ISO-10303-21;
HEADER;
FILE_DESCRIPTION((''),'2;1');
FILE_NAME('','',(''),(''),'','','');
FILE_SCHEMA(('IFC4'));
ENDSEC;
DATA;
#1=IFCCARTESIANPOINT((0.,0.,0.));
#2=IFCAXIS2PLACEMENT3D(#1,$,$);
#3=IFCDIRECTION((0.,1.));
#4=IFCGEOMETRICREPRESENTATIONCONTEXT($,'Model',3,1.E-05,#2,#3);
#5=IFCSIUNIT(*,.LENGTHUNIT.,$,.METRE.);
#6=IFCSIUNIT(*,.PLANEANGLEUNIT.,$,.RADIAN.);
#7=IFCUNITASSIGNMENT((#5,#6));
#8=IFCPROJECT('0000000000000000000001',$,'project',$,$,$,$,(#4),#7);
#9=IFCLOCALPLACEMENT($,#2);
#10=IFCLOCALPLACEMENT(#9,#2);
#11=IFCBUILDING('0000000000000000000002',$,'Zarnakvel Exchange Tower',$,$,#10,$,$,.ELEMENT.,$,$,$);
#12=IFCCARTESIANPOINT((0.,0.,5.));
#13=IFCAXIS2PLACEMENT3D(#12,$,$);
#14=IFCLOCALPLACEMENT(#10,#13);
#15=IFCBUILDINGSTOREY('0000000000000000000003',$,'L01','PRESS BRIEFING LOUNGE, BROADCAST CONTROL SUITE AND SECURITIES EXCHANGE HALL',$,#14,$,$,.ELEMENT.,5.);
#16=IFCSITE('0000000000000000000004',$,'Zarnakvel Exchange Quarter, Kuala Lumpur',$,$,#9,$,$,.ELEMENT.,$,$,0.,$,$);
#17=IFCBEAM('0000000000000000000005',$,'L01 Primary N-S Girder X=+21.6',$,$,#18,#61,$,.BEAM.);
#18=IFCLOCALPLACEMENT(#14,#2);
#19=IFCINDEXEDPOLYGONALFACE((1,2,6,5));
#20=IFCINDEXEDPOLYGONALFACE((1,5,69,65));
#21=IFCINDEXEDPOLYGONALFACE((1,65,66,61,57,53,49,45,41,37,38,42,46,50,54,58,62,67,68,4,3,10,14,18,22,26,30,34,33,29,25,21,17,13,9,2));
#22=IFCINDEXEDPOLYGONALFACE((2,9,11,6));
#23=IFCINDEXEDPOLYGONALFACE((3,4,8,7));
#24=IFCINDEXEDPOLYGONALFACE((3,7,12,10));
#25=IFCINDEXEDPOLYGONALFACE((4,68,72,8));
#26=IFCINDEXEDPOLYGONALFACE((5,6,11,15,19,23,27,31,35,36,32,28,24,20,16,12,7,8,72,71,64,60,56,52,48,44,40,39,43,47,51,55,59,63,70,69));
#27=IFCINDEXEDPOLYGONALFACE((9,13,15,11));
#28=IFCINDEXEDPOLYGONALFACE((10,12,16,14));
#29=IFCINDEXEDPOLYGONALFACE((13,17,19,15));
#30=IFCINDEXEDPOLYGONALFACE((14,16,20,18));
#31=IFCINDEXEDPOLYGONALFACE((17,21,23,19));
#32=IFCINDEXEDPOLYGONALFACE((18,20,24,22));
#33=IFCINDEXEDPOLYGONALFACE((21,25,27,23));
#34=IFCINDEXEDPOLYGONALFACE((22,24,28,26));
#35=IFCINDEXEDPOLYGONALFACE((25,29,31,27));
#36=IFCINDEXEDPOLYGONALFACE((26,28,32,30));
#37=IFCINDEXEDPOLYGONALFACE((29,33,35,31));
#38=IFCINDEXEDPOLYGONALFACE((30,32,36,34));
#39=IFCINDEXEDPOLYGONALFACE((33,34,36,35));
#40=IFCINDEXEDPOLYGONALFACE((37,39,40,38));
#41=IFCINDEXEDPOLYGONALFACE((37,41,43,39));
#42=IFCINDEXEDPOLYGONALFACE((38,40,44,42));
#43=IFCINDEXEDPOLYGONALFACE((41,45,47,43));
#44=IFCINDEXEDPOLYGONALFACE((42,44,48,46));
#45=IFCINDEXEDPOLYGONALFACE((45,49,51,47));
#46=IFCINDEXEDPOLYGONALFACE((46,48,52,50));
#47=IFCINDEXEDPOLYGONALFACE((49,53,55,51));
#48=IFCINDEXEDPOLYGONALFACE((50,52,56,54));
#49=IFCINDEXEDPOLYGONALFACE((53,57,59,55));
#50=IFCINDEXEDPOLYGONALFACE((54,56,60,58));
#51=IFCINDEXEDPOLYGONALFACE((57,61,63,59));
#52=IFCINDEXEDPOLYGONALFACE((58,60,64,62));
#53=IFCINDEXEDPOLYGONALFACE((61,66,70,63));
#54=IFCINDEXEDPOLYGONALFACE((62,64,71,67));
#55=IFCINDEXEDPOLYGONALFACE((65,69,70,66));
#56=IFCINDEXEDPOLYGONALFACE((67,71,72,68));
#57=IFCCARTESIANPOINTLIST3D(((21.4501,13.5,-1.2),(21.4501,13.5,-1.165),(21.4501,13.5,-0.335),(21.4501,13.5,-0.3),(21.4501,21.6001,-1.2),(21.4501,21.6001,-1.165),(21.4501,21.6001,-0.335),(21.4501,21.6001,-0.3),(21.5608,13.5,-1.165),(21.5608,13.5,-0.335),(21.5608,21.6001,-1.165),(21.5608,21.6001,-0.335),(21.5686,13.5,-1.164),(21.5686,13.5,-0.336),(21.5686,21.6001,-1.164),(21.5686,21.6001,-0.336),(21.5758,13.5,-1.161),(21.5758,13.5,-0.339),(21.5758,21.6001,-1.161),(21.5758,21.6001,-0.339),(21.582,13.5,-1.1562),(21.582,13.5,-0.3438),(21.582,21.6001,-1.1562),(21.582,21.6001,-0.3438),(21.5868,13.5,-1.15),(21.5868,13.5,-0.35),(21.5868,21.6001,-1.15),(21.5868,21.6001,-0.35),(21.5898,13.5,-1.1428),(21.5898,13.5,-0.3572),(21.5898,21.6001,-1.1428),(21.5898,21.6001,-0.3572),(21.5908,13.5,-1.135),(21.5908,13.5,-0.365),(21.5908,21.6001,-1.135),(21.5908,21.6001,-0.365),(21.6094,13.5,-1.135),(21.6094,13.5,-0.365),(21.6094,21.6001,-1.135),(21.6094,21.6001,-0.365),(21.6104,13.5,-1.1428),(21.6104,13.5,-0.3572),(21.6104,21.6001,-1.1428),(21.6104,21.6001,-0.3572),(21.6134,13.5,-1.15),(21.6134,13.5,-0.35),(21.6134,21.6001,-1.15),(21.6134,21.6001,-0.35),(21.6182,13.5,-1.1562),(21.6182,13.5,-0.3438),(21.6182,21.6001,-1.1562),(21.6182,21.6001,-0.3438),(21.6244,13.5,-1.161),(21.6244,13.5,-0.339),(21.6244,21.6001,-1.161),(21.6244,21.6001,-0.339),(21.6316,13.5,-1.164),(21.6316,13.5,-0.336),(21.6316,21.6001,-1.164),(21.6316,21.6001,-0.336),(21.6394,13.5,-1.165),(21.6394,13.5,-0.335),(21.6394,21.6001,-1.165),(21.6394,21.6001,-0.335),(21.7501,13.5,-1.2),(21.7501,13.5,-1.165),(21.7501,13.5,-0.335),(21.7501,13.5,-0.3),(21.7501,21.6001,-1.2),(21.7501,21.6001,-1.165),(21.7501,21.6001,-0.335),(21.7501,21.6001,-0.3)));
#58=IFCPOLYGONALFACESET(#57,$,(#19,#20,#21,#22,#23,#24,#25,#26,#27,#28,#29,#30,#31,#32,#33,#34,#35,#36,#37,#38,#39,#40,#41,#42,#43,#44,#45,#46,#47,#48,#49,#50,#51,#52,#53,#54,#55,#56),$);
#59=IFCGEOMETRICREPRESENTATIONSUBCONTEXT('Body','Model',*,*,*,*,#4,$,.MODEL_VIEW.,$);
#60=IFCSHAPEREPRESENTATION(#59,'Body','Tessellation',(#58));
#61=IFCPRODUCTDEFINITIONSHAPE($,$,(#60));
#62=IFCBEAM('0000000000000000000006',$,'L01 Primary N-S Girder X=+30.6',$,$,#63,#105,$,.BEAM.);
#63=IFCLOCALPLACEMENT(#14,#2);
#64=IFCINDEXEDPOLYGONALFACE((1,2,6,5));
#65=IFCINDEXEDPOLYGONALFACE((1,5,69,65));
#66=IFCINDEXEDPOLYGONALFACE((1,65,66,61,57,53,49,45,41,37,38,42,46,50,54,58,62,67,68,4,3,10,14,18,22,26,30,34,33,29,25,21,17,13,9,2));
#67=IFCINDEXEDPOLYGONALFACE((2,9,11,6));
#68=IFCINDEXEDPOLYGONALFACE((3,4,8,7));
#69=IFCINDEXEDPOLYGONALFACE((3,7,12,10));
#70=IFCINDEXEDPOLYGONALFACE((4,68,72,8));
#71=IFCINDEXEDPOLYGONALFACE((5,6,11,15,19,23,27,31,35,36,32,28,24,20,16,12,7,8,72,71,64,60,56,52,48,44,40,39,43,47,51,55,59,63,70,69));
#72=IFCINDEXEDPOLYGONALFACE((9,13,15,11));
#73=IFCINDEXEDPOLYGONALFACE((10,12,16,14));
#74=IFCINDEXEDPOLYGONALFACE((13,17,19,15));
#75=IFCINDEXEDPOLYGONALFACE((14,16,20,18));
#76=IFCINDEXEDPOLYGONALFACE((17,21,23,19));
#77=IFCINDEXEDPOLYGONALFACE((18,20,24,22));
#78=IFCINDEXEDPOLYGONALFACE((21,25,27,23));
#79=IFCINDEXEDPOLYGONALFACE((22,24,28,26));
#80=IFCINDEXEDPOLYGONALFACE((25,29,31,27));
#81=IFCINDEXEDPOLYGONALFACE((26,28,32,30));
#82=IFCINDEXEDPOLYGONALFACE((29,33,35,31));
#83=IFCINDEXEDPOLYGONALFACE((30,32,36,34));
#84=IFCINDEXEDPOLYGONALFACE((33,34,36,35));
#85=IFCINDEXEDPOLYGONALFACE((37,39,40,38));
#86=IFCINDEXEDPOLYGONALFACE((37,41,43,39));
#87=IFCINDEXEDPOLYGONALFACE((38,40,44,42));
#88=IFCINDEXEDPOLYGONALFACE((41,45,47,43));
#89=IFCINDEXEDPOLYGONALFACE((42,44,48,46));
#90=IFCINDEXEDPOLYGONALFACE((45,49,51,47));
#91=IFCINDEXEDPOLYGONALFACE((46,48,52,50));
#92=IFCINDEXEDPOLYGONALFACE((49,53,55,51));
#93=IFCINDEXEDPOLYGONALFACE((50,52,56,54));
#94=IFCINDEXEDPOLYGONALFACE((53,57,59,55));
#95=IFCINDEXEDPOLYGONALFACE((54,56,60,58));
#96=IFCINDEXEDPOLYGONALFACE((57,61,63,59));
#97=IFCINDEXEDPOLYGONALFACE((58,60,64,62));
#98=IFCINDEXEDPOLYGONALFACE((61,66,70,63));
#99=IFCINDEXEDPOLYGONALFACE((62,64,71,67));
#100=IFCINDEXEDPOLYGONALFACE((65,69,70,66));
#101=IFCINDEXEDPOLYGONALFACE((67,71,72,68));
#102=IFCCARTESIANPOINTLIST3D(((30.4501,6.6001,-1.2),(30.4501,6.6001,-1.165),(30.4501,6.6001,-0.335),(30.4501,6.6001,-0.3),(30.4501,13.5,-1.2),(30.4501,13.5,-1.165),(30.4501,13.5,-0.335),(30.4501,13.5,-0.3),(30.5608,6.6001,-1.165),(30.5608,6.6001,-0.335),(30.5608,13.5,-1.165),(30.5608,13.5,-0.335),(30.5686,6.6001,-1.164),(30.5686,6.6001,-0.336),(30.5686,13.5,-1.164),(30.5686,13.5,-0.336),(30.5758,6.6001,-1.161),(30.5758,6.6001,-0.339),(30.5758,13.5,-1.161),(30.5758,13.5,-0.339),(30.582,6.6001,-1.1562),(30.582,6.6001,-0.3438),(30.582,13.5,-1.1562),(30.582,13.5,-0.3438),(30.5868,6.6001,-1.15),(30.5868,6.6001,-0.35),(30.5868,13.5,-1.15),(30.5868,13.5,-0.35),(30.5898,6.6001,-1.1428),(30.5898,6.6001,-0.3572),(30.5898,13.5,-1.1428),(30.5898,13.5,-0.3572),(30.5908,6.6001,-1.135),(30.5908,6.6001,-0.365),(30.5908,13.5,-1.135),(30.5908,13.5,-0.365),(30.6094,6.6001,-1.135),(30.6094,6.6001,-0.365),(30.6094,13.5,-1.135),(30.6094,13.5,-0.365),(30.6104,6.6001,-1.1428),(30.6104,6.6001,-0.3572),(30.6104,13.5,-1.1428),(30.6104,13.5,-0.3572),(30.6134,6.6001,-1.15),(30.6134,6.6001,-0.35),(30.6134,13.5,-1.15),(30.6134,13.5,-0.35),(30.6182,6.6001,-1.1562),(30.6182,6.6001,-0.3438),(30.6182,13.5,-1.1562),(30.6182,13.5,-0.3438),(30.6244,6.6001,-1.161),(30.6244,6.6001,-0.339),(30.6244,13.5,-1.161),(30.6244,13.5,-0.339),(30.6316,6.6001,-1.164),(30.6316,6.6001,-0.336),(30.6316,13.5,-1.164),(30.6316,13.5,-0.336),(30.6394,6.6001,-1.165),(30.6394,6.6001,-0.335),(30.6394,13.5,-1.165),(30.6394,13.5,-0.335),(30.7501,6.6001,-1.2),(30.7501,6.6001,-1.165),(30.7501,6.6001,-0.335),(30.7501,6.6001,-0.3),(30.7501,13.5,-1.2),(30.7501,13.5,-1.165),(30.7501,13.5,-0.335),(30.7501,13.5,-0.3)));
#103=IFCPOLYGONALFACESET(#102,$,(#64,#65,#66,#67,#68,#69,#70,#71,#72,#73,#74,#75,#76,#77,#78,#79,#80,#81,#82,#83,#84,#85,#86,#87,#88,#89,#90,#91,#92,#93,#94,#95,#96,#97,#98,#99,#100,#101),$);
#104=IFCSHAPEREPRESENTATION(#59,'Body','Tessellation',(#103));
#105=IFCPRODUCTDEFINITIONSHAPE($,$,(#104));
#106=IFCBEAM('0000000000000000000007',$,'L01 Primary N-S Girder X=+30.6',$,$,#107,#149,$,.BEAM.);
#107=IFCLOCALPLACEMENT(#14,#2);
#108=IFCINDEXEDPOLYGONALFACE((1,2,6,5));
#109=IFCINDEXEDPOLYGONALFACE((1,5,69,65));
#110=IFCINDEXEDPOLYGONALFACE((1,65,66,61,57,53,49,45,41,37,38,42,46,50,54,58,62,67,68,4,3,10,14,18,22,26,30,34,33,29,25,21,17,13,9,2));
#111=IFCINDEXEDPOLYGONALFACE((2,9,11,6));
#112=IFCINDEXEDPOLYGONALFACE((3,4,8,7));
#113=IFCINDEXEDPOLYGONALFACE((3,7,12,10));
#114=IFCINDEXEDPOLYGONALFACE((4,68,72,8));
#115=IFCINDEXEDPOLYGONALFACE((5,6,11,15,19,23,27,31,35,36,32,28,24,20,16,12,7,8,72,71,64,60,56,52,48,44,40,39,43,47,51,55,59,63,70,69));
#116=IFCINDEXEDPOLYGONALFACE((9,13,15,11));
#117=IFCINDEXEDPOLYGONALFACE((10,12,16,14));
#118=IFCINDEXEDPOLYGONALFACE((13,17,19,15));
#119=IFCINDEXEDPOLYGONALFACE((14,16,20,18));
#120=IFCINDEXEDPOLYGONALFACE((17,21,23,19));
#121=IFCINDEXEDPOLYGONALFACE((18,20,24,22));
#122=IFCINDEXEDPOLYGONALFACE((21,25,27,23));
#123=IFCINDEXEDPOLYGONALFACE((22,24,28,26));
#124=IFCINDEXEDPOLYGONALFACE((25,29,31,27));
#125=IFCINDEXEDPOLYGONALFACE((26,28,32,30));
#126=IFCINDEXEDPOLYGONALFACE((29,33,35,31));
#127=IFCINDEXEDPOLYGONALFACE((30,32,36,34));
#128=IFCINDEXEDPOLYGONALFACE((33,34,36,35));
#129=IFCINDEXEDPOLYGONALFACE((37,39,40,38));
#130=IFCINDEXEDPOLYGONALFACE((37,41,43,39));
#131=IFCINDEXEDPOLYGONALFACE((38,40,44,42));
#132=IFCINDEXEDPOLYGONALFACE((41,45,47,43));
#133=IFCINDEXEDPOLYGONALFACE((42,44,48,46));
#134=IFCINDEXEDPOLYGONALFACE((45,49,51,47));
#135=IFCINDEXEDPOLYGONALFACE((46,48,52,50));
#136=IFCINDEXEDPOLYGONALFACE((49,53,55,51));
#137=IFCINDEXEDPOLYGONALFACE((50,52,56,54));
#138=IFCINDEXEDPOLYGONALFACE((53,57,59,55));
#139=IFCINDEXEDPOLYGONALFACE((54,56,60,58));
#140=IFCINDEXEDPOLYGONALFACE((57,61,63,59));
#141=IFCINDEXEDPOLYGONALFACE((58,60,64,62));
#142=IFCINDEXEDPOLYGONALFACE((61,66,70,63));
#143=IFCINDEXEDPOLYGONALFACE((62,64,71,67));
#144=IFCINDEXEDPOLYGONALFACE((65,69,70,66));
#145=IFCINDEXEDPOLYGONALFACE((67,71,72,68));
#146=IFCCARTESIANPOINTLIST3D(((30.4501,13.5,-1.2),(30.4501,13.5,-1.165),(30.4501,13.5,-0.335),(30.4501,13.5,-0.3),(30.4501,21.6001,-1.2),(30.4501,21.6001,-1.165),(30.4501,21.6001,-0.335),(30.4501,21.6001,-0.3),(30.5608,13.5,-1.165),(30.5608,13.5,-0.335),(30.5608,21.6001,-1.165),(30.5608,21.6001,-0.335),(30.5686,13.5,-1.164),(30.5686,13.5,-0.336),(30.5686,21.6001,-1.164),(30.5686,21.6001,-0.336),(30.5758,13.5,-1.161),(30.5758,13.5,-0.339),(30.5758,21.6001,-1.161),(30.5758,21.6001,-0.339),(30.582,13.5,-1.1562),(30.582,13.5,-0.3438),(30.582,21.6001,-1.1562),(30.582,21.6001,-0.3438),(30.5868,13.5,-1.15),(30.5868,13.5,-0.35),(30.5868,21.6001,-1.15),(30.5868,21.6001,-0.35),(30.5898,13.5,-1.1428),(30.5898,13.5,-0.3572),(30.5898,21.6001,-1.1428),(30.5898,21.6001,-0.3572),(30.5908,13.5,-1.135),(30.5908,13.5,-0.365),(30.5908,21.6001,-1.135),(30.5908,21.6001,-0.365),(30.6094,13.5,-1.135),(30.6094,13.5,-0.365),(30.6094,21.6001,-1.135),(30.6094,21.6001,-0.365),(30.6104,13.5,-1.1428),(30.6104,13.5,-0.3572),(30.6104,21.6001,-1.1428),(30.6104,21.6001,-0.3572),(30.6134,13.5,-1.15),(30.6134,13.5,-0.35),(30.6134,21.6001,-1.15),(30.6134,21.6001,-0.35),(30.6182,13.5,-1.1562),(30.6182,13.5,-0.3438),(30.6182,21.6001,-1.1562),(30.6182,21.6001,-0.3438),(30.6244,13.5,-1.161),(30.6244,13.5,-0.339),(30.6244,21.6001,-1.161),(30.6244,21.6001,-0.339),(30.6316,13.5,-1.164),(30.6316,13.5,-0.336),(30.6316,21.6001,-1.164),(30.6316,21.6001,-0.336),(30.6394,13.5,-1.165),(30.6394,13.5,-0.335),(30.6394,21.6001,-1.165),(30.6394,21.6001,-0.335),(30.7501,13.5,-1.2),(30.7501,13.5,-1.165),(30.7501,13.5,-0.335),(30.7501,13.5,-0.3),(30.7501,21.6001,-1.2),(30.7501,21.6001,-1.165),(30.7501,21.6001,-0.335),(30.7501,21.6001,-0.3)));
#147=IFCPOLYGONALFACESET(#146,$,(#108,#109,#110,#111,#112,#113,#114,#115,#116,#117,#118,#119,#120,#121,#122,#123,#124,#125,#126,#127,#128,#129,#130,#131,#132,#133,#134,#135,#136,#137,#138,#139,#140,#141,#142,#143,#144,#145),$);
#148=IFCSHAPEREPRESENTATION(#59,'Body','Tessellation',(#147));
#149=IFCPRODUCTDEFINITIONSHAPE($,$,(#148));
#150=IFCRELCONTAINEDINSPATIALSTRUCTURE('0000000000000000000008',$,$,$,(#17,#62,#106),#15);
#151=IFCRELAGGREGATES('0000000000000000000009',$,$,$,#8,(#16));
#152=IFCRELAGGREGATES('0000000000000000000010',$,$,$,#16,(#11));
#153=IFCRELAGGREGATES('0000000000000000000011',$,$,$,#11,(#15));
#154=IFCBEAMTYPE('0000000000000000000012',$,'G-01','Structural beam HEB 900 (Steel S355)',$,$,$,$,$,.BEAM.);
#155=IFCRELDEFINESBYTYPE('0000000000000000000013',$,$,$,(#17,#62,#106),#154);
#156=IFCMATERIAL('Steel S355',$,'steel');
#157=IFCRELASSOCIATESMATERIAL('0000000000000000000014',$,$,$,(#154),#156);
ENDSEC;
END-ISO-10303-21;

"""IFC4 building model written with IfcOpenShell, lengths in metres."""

from ifc_helpers import new_model, si_unit, direction, frame, origin, origin_2d, place, context, subcontext, project, spatial, i_section, extrude, material, material_profile, profile_set, type_object, element, save


model = new_model("IFC4")

# Units and contexts
model_context = context("Model", 3, precision=1e-05, world=origin(), true_north=direction((0.0, 1.0)))
body_context = subcontext(model_context, "Body", "Model", "MODEL_VIEW")
ifc_project = project(units=[si_unit("LENGTHUNIT", "METRE"), si_unit("PLANEANGLEUNIT", "RADIAN")], contexts=[model_context])

# Site, building, storey
site_placement = place(None, origin())
site = spatial("IfcSite", under=ifc_project, at=site_placement, Name="Zarnakvel Exchange Quarter, Kuala Lumpur", CompositionType="ELEMENT", RefElevation=0.0)
building_placement = place(site_placement, origin())
building = spatial("IfcBuilding", under=site, at=building_placement, Name="Zarnakvel Exchange Tower", CompositionType="ELEMENT")
storey_placement = place(building_placement, frame((0.0, 0.0, 5.0)))
storey = spatial("IfcBuildingStorey", under=building, at=storey_placement, Name="L01", Description="PRESS BRIEFING LOUNGE, BROADCAST CONTROL SUITE AND SECURITIES EXCHANGE HALL", CompositionType="ELEMENT", Elevation=5.0)

# Beams
ifc_material_1 = material(Name="Steel S355", Category="steel")
ifc_material_profile_1 = material_profile(ifc_material_1, i_section(OverallWidth=0.3, OverallDepth=0.8999, WebThickness=0.0186, FlangeThickness=0.0349, FilletRadius=0.03, at=origin_2d()))
ifc_profile_set_1 = profile_set([ifc_material_profile_1], Name="Steel S355")
beam_type_1 = type_object("IfcBeamType", Name="G-01", Description="Structural beam HEB 900 (Steel S355)", PredefinedType="BEAM", material=ifc_profile_set_1)
beam_1_placement = place(storey_placement, frame((21.6001, 13.5, -0.75), z_axis=(0.0, 1.0, 0.0), x_axis=(-1.0, 0.0, 0.0)))
element("IfcBeam", 1, at=beam_1_placement, inside=storey, type_object=beam_type_1, Name="L01 Primary N-S Girder X=+21.6", PredefinedType="BEAM", context=body_context, shape_type="SweptSolid", body=[
    extrude(i_section(OverallWidth=0.3, OverallDepth=0.8999, WebThickness=0.0186, FlangeThickness=0.0349, FilletRadius=0.03, at=origin_2d()), origin(), (0.0, 0.0, 1.0), 8.1001),
])
beam_2_placement = place(storey_placement, frame((30.6001, 6.6001, -0.75), z_axis=(0.0, 1.0, 0.0), x_axis=(-1.0, 0.0, 0.0)))
element("IfcBeam", 2, at=beam_2_placement, inside=storey, type_object=beam_type_1, Name="L01 Primary N-S Girder X=+30.6", PredefinedType="BEAM", context=body_context, shape_type="SweptSolid", body=[
    extrude(i_section(OverallWidth=0.3, OverallDepth=0.8999, WebThickness=0.0186, FlangeThickness=0.0349, FilletRadius=0.03, at=origin_2d()), origin(), (0.0, 0.0, 1.0), 6.8999),
])
beam_3_placement = place(storey_placement, frame((30.6001, 13.5, -0.75), z_axis=(0.0, 1.0, 0.0), x_axis=(-1.0, 0.0, 0.0)))
element("IfcBeam", 3, at=beam_3_placement, inside=storey, type_object=beam_type_1, Name="L01 Primary N-S Girder X=+30.6", PredefinedType="BEAM", context=body_context, shape_type="SweptSolid", body=[
    extrude(i_section(OverallWidth=0.3, OverallDepth=0.8999, WebThickness=0.0186, FlangeThickness=0.0349, FilletRadius=0.03, at=origin_2d()), origin(), (0.0, 0.0, 1.0), 8.1001),
])

save(model, "model.ifc")
